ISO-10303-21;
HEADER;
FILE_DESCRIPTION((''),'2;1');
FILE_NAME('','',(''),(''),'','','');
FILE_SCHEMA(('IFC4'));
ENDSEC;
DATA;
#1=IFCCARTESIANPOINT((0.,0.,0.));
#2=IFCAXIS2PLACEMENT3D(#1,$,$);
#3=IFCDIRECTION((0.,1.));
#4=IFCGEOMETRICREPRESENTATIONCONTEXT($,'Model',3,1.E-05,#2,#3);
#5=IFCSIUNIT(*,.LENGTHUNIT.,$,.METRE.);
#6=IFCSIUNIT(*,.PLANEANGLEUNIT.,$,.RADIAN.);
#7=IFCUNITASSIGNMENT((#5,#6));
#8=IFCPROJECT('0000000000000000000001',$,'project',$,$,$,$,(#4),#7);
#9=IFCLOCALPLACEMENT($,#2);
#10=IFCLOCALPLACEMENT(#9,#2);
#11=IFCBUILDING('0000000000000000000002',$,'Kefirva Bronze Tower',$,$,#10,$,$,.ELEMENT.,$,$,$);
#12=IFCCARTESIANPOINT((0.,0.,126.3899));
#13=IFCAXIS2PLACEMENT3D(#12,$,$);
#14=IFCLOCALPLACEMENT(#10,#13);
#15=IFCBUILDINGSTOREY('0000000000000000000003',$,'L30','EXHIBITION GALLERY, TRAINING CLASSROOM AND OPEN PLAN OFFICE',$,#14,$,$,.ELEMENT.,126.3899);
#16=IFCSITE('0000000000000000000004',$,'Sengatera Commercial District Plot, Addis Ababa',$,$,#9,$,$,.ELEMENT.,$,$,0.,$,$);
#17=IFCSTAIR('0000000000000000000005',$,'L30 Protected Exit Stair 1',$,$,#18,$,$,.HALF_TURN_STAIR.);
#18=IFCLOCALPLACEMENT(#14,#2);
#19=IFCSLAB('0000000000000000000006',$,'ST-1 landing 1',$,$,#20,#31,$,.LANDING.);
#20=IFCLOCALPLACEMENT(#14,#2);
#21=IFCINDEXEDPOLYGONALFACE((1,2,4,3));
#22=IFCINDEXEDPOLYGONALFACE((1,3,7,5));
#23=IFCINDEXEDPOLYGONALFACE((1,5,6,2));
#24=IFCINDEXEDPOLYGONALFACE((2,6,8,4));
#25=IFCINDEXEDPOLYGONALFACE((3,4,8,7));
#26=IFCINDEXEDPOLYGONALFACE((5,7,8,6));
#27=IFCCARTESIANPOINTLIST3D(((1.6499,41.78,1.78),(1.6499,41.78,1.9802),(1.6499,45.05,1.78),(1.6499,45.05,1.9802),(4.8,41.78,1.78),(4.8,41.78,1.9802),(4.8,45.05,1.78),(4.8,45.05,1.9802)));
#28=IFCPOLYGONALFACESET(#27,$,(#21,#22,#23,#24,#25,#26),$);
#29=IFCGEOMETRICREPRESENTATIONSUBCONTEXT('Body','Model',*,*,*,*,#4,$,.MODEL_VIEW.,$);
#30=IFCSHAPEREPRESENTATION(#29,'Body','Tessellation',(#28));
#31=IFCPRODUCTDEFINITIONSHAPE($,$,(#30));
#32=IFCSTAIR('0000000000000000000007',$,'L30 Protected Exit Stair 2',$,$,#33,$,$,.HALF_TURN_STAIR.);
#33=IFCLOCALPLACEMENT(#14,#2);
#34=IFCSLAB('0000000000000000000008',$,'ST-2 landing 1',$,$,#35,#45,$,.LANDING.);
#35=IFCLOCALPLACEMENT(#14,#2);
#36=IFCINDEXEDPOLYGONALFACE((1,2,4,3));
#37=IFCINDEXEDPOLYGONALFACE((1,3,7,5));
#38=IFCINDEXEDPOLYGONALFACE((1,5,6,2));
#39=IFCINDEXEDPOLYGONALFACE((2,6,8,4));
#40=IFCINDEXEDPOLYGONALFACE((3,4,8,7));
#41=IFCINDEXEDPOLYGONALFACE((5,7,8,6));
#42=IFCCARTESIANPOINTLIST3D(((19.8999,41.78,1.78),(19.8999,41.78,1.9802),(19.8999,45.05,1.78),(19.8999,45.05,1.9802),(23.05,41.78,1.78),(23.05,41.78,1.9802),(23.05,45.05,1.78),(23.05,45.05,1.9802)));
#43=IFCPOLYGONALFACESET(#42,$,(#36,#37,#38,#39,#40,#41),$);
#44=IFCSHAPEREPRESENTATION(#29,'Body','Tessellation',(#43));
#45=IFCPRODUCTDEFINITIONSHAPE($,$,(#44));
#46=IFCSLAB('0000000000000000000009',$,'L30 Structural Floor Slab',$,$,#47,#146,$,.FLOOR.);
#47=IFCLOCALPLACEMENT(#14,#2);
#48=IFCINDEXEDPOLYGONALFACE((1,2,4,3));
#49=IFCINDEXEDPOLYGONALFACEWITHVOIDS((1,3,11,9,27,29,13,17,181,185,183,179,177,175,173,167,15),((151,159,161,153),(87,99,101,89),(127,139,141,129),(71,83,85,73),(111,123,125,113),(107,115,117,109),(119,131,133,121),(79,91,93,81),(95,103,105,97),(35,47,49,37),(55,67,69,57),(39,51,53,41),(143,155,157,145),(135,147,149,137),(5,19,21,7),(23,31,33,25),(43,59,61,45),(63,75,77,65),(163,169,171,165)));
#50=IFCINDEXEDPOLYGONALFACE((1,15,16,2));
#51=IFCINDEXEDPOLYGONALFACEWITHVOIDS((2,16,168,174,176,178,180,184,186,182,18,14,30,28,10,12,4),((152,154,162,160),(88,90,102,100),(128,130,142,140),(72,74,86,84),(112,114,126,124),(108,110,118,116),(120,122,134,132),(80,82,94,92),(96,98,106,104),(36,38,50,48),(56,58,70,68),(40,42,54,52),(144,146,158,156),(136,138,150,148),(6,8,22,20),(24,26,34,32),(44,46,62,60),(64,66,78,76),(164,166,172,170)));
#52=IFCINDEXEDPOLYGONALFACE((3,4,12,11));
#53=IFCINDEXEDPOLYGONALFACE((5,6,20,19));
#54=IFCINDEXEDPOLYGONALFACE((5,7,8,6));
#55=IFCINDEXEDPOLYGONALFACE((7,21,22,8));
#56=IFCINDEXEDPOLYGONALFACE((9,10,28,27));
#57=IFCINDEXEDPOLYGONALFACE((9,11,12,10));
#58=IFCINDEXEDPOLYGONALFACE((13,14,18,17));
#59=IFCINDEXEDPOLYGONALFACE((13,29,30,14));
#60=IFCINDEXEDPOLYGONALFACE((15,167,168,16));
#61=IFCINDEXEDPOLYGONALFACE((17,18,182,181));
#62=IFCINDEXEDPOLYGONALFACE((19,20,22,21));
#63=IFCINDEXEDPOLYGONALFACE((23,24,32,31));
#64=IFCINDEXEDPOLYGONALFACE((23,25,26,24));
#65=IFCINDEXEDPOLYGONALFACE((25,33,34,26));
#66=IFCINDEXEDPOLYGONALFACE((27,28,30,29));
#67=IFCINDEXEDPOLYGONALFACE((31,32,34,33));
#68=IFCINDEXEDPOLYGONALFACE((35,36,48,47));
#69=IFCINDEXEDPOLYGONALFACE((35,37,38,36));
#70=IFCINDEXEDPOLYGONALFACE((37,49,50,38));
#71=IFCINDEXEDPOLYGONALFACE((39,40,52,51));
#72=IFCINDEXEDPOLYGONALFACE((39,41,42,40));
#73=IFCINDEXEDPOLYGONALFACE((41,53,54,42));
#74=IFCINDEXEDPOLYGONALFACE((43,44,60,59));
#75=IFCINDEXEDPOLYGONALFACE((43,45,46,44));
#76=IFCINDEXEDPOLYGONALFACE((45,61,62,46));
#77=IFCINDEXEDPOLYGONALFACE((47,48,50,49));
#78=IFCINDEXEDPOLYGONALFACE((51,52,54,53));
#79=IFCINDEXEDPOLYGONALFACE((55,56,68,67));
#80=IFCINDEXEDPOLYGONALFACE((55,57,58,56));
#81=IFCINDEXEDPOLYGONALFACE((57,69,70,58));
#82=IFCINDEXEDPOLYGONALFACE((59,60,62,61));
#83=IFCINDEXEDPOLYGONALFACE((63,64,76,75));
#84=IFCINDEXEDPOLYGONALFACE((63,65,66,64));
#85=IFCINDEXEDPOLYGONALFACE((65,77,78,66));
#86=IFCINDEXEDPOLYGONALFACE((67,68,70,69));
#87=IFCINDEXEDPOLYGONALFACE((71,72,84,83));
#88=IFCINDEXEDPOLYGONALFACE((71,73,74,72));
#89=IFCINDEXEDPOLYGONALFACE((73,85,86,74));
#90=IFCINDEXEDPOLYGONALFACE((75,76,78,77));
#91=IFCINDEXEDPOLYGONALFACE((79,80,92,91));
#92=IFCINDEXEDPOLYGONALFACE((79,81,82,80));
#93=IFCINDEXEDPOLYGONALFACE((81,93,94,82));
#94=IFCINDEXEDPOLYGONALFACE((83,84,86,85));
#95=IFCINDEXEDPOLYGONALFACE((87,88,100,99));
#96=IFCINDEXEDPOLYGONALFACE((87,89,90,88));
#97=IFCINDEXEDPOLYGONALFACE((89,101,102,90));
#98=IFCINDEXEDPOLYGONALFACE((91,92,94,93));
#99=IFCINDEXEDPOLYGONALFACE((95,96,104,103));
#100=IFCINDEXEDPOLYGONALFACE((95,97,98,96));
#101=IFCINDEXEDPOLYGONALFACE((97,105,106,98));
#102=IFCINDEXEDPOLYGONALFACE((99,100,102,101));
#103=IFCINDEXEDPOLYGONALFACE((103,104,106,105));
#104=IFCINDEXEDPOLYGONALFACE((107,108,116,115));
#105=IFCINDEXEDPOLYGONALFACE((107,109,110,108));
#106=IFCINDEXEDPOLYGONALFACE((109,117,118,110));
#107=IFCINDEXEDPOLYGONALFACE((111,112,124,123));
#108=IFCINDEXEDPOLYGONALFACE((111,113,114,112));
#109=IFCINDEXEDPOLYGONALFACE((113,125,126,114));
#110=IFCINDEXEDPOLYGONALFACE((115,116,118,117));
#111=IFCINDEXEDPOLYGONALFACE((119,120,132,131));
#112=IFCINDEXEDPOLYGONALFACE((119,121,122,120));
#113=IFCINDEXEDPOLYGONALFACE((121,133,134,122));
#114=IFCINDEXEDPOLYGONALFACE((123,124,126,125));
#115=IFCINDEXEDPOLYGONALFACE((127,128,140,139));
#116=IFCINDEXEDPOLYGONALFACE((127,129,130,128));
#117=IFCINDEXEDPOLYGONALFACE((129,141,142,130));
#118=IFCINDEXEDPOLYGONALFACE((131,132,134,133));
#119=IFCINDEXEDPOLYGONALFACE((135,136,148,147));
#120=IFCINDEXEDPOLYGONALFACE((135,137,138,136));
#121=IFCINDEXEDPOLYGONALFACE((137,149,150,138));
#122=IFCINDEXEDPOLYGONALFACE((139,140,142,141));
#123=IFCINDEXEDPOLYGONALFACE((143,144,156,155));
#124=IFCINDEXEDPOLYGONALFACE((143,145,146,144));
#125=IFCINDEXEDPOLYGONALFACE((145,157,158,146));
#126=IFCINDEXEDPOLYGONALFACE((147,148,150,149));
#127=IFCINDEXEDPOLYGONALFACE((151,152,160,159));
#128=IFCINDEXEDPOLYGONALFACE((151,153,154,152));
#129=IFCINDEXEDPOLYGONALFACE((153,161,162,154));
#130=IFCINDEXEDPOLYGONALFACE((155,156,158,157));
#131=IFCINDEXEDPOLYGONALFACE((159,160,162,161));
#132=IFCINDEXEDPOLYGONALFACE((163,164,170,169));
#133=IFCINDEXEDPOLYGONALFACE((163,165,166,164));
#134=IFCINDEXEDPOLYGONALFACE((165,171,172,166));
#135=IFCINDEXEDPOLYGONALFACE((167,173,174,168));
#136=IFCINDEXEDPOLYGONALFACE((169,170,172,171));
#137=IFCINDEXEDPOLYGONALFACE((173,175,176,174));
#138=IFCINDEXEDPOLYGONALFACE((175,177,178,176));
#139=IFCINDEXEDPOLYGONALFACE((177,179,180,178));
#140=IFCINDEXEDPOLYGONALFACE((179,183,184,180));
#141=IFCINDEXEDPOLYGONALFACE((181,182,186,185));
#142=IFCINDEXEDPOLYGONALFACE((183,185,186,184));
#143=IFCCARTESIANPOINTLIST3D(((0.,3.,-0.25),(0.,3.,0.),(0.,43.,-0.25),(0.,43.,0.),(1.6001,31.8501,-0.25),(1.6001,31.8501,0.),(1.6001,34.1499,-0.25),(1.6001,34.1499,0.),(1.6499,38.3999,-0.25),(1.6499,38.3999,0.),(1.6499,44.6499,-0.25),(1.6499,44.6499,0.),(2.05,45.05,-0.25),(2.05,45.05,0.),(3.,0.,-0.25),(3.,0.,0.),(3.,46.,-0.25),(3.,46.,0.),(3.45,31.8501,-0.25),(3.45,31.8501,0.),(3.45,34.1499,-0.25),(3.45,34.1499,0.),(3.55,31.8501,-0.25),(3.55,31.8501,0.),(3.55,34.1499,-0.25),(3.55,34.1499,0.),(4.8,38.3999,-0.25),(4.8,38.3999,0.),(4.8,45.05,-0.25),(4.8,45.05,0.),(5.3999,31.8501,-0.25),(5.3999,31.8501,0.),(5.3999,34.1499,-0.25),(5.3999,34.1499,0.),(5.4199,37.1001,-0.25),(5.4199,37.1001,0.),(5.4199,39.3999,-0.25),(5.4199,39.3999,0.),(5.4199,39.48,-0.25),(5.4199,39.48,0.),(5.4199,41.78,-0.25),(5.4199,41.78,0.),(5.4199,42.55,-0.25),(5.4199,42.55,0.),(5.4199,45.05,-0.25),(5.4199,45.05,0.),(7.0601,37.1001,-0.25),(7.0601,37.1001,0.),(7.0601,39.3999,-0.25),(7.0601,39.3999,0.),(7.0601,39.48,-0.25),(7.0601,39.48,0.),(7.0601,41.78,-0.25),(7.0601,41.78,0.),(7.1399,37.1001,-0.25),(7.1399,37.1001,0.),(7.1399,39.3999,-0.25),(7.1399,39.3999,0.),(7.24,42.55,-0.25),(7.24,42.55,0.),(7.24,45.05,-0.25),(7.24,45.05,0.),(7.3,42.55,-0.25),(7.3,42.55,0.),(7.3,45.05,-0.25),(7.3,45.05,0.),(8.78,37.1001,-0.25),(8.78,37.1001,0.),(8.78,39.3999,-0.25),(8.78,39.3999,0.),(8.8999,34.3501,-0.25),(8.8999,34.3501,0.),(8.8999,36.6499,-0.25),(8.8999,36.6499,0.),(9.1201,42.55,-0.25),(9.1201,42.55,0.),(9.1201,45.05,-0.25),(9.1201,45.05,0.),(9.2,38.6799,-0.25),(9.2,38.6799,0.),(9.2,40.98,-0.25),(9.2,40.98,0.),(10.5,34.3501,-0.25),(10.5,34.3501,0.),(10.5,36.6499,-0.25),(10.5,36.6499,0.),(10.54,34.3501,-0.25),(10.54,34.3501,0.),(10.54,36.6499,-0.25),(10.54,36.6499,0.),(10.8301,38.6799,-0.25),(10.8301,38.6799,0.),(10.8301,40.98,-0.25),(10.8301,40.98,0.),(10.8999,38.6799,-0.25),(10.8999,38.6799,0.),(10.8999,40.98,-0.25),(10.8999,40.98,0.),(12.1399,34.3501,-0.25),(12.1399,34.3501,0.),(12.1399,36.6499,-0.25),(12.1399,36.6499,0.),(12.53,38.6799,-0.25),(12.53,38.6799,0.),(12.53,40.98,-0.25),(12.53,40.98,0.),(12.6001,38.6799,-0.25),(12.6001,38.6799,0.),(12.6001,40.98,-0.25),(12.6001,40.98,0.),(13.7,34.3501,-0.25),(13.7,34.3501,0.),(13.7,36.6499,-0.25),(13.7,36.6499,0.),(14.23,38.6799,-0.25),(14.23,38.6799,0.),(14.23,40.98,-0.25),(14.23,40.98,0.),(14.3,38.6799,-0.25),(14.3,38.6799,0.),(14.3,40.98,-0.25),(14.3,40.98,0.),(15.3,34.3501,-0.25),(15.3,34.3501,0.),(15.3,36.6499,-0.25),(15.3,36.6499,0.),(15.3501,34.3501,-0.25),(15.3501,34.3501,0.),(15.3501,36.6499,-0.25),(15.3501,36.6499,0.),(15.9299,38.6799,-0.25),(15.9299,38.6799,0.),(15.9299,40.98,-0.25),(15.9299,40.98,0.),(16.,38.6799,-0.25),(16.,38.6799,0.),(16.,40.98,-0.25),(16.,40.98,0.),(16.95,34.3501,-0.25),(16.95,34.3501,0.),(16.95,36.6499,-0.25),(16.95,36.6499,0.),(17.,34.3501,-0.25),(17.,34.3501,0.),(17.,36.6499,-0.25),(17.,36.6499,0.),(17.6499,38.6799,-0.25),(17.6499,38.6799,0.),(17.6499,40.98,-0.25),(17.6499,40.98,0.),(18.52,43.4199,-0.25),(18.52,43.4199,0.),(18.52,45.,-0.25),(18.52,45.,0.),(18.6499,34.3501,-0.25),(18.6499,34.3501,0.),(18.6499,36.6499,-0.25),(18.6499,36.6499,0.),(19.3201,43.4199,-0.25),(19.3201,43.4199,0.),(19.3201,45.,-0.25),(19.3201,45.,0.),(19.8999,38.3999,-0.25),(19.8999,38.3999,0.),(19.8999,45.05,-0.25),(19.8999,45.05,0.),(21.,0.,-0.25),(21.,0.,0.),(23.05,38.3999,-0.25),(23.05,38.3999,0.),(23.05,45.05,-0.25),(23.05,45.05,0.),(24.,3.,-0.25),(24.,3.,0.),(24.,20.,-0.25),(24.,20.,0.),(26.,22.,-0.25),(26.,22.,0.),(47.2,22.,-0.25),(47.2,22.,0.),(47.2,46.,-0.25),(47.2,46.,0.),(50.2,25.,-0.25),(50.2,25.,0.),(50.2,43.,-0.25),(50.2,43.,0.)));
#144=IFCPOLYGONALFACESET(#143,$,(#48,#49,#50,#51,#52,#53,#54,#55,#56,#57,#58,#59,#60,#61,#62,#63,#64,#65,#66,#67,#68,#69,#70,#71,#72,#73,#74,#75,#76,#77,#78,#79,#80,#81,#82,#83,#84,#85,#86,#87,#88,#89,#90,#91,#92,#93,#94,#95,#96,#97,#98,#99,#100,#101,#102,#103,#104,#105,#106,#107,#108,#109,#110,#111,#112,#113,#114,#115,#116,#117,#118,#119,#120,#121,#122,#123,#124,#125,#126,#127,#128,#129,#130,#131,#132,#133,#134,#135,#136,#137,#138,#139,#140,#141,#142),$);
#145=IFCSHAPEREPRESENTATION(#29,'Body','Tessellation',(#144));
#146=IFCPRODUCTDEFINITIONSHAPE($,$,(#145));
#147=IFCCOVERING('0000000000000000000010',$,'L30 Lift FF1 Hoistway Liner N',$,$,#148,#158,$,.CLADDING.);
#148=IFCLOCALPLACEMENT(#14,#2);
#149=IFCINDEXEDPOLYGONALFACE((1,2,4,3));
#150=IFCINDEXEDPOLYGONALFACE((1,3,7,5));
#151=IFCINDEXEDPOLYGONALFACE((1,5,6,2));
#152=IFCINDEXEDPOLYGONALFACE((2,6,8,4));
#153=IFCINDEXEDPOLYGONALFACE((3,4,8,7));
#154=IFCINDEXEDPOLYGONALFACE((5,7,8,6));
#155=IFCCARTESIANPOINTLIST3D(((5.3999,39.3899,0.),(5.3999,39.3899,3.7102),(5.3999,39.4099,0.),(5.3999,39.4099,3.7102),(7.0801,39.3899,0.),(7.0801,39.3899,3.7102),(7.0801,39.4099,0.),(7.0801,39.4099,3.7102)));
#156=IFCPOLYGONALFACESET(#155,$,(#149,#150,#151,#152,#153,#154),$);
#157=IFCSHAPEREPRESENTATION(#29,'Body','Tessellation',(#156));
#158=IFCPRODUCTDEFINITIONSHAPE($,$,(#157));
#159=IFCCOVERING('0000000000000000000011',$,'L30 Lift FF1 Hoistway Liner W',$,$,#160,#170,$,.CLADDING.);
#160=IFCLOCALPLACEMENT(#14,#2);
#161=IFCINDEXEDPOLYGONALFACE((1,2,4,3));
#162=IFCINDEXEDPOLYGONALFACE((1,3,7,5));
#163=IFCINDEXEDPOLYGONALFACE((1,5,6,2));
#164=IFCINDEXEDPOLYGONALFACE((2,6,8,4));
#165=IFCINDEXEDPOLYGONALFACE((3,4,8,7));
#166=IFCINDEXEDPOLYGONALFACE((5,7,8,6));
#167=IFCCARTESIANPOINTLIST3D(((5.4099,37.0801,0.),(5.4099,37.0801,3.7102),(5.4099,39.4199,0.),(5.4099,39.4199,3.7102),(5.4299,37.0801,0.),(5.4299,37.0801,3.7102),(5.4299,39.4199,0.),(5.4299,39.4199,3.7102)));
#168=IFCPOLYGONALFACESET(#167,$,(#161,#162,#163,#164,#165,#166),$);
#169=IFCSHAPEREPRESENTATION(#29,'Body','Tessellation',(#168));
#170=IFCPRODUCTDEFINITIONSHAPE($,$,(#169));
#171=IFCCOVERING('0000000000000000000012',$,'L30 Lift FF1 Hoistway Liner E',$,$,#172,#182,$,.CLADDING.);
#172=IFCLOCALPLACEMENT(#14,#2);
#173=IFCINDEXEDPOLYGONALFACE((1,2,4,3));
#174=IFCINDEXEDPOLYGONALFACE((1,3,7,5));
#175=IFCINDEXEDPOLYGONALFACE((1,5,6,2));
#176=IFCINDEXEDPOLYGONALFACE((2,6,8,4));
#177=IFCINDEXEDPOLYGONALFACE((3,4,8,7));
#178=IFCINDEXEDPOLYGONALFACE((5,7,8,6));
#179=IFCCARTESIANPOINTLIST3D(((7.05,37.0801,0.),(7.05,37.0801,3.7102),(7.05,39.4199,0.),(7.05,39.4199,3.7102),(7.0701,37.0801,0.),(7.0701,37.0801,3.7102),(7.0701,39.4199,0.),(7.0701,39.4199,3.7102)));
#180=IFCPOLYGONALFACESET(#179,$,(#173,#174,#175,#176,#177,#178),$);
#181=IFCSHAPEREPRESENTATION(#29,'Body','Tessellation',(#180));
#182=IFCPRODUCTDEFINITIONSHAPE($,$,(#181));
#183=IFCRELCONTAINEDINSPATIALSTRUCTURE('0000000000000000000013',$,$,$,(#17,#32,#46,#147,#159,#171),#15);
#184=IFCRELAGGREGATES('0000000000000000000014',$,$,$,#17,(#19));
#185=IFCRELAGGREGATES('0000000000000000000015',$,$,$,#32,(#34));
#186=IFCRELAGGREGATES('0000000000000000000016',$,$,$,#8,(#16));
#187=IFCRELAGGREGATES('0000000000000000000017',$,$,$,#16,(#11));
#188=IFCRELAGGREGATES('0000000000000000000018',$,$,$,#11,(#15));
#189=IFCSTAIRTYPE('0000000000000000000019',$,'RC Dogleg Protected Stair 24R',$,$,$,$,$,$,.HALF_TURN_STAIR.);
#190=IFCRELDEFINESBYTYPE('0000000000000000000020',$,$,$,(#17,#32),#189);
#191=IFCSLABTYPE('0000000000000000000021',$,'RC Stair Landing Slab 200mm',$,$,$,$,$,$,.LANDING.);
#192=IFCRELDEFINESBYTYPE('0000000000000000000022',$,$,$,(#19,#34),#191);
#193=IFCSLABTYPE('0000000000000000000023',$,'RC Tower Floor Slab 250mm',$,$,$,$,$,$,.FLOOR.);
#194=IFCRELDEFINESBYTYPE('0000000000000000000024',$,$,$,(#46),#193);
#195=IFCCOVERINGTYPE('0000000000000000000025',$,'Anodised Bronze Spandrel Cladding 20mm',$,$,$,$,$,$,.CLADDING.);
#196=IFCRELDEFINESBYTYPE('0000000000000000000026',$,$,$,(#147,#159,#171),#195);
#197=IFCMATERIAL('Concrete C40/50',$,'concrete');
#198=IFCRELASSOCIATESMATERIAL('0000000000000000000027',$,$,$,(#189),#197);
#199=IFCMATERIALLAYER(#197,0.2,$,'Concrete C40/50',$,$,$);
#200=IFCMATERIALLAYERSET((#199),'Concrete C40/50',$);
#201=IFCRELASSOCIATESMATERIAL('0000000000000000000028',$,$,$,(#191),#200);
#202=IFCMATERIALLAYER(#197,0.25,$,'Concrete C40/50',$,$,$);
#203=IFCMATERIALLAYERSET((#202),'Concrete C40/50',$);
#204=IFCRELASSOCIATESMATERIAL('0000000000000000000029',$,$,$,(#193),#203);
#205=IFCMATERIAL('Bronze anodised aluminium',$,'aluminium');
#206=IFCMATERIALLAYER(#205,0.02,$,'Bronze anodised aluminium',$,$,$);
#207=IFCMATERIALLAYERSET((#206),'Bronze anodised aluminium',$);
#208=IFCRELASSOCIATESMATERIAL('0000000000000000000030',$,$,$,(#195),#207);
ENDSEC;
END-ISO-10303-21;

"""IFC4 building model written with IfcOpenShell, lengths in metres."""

from ifc_helpers import new_model, si_unit, direction, frame, origin, place, context, subcontext, project, spatial, polyline, outline, extrude, material, layer, layer_set, type_object, element, aggregate, save


model = new_model("IFC4")

# Units and contexts
model_context = context("Model", 3, precision=1e-05, world=origin(), true_north=direction((0.0, 1.0)))
body_context = subcontext(model_context, "Body", "Model", "MODEL_VIEW")
ifc_project = project(units=[si_unit("LENGTHUNIT", "METRE"), si_unit("PLANEANGLEUNIT", "RADIAN")], contexts=[model_context])

# Site, building, storey
site_placement = place(None, origin())
site = spatial("IfcSite", under=ifc_project, at=site_placement, Name="Sengatera Commercial District Plot, Addis Ababa", CompositionType="ELEMENT", RefElevation=0.0)
building_placement = place(site_placement, origin())
building = spatial("IfcBuilding", under=site, at=building_placement, Name="Kefirva Bronze Tower", CompositionType="ELEMENT")
storey_placement = place(building_placement, frame((0.0, 0.0, 126.3899)))
storey = spatial("IfcBuildingStorey", under=building, at=storey_placement, Name="L30", Description="EXHIBITION GALLERY, TRAINING CLASSROOM AND OPEN PLAN OFFICE", CompositionType="ELEMENT", Elevation=126.3899)

# Stairs, slabs
ifc_material_1 = material(Name="Concrete C40/50", Category="concrete")
stair_type = type_object("IfcStairType", Name="RC Dogleg Protected Stair 24R", PredefinedType="HALF_TURN_STAIR", material=ifc_material_1)
stair_1_placement = place(storey_placement, origin())
stair_1 = element("IfcStair", 1, at=stair_1_placement, inside=storey, type_object=stair_type, Name="L30 Protected Exit Stair 1", PredefinedType="HALF_TURN_STAIR")
ifc_layer_1 = layer(ifc_material_1, 0.2, Name="Concrete C40/50")
ifc_layer_set_1 = layer_set([ifc_layer_1], Name="Concrete C40/50")
slab_type_1 = type_object("IfcSlabType", Name="RC Stair Landing Slab 200mm", PredefinedType="LANDING", material=ifc_layer_set_1)
slab_1_placement = place(storey_placement, frame((0.0, 0.0, 1.78)))
slab_1 = element("IfcSlab", 2, at=slab_1_placement, type_object=slab_type_1, Name="ST-1 landing 1", PredefinedType="LANDING", context=body_context, shape_type="SweptSolid", body=[
    extrude(outline(polyline([(4.8, 41.78), (4.8, 45.05), (1.6499, 45.05), (1.6499, 41.78), (4.8, 41.78)])), origin(), (0.0, 0.0, 1.0), 0.2002),
])
aggregate(stair_1, [slab_1])
stair_2_placement = place(storey_placement, origin())
stair_2 = element("IfcStair", 3, at=stair_2_placement, inside=storey, type_object=stair_type, Name="L30 Protected Exit Stair 2", PredefinedType="HALF_TURN_STAIR")
slab_2_placement = place(storey_placement, frame((0.0, 0.0, 1.78)))
slab_2 = element("IfcSlab", 4, at=slab_2_placement, type_object=slab_type_1, Name="ST-2 landing 1", PredefinedType="LANDING", context=body_context, shape_type="SweptSolid", body=[
    extrude(outline(polyline([(23.05, 41.78), (23.05, 45.05), (19.8999, 45.05), (19.8999, 41.78), (23.05, 41.78)])), origin(), (0.0, 0.0, 1.0), 0.2002),
])
aggregate(stair_2, [slab_2])

# Slab
ifc_layer_2 = layer(ifc_material_1, 0.25, Name="Concrete C40/50")
ifc_layer_set_2 = layer_set([ifc_layer_2], Name="Concrete C40/50")
slab_type_2 = type_object("IfcSlabType", Name="RC Tower Floor Slab 250mm", PredefinedType="FLOOR", material=ifc_layer_set_2)
slab_3_placement = place(storey_placement, frame((0.0, 0.0, -0.25)))
element("IfcSlab", 5, at=slab_3_placement, inside=storey, type_object=slab_type_2, Name="L30 Structural Floor Slab", PredefinedType="FLOOR", context=body_context, shape_type="SweptSolid", body=[
    extrude(outline(polyline([(0.0, 3.0), (0.0, 43.0), (1.6499, 44.6499), (1.6499, 38.3999), (4.8, 38.3999), (4.8, 45.05), (2.05, 45.05), (3.0, 46.0), (47.2, 46.0), (50.2, 43.0), (50.2, 25.0), (47.2, 22.0), (26.0, 22.0), (24.0, 20.0), (24.0, 3.0), (21.0, 0.0), (3.0, 0.0), (0.0, 3.0)]), holes=[polyline([(19.8999, 38.3999), (23.05, 38.3999), (23.05, 45.05), (19.8999, 45.05), (19.8999, 38.3999)]), polyline([(18.52, 43.4199), (19.3201, 43.4199), (19.3201, 45.0), (18.52, 45.0), (18.52, 43.4199)]), polyline([(17.0, 34.3501), (18.6499, 34.3501), (18.6499, 36.6499), (17.0, 36.6499), (17.0, 34.3501)]), polyline([(17.6499, 38.6799), (17.6499, 40.98), (16.0, 40.98), (16.0, 38.6799), (17.6499, 38.6799)]), polyline([(16.95, 34.3501), (16.95, 36.6499), (15.3501, 36.6499), (15.3501, 34.3501), (16.95, 34.3501)]), polyline([(15.9299, 38.6799), (15.9299, 40.98), (14.3, 40.98), (14.3, 38.6799), (15.9299, 38.6799)]), polyline([(15.3, 34.3501), (15.3, 36.6499), (13.7, 36.6499), (13.7, 34.3501), (15.3, 34.3501)]), polyline([(14.23, 38.6799), (14.23, 40.98), (12.6001, 40.98), (12.6001, 38.6799), (14.23, 38.6799)]), polyline([(10.8999, 38.6799), (12.53, 38.6799), (12.53, 40.98), (10.8999, 40.98), (10.8999, 38.6799)]), polyline([(12.1399, 34.3501), (12.1399, 36.6499), (10.54, 36.6499), (10.54, 34.3501), (12.1399, 34.3501)]), polyline([(10.8301, 38.6799), (10.8301, 40.98), (9.2, 40.98), (9.2, 38.6799), (10.8301, 38.6799)]), polyline([(10.5, 34.3501), (10.5, 36.6499), (8.8999, 36.6499), (8.8999, 34.3501), (10.5, 34.3501)]), polyline([(7.3, 42.55), (9.1201, 42.55), (9.1201, 45.05), (7.3, 45.05), (7.3, 42.55)]), polyline([(7.1399, 37.1001), (8.78, 37.1001), (8.78, 39.3999), (7.1399, 39.3999), (7.1399, 37.1001)]), polyline([(5.4199, 42.55), (7.24, 42.55), (7.24, 45.05), (5.4199, 45.05), (5.4199, 42.55)]), polyline([(7.0601, 39.48), (7.0601, 41.78), (5.4199, 41.78), (5.4199, 39.48), (7.0601, 39.48)]), polyline([(5.4199, 37.1001), (7.0601, 37.1001), (7.0601, 39.3999), (5.4199, 39.3999), (5.4199, 37.1001)]), polyline([(5.3999, 31.8501), (5.3999, 34.1499), (3.55, 34.1499), (3.55, 31.8501), (5.3999, 31.8501)]), polyline([(3.45, 31.8501), (3.45, 34.1499), (1.6001, 34.1499), (1.6001, 31.8501), (3.45, 31.8501)])]), origin(), (0.0, 0.0, 1.0), 0.25),
])

# Coverings
ifc_material_2 = material(Name="Bronze anodised aluminium", Category="aluminium")
ifc_layer_3 = layer(ifc_material_2, 0.02, Name="Bronze anodised aluminium")
ifc_layer_set_3 = layer_set([ifc_layer_3], Name="Bronze anodised aluminium")
covering_type = type_object("IfcCoveringType", Name="Anodised Bronze Spandrel Cladding 20mm", PredefinedType="CLADDING", material=ifc_layer_set_3)
covering_1_placement = place(storey_placement, origin())
element("IfcCovering", 6, at=covering_1_placement, inside=storey, type_object=covering_type, Name="L30 Lift FF1 Hoistway Liner N", PredefinedType="CLADDING", context=body_context, shape_type="SweptSolid", body=[
    extrude(outline(polyline([(5.3999, 39.3899), (7.0801, 39.3899), (7.0801, 39.4099), (5.3999, 39.4099), (5.3999, 39.3899)])), origin(), (0.0, 0.0, 1.0), 3.7102),
])
covering_2_placement = place(storey_placement, origin())
element("IfcCovering", 7, at=covering_2_placement, inside=storey, type_object=covering_type, Name="L30 Lift FF1 Hoistway Liner W", PredefinedType="CLADDING", context=body_context, shape_type="SweptSolid", body=[
    extrude(outline(polyline([(5.4099, 37.0801), (5.4299, 37.0801), (5.4299, 39.4199), (5.4099, 39.4199), (5.4099, 37.0801)])), origin(), (0.0, 0.0, 1.0), 3.7102),
])
covering_3_placement = place(storey_placement, origin())
element("IfcCovering", 8, at=covering_3_placement, inside=storey, type_object=covering_type, Name="L30 Lift FF1 Hoistway Liner E", PredefinedType="CLADDING", context=body_context, shape_type="SweptSolid", body=[
    extrude(outline(polyline([(7.05, 37.0801), (7.0701, 37.0801), (7.0701, 39.4199), (7.05, 39.4199), (7.05, 37.0801)])), origin(), (0.0, 0.0, 1.0), 3.7102),
])

save(model, "model.ifc")
